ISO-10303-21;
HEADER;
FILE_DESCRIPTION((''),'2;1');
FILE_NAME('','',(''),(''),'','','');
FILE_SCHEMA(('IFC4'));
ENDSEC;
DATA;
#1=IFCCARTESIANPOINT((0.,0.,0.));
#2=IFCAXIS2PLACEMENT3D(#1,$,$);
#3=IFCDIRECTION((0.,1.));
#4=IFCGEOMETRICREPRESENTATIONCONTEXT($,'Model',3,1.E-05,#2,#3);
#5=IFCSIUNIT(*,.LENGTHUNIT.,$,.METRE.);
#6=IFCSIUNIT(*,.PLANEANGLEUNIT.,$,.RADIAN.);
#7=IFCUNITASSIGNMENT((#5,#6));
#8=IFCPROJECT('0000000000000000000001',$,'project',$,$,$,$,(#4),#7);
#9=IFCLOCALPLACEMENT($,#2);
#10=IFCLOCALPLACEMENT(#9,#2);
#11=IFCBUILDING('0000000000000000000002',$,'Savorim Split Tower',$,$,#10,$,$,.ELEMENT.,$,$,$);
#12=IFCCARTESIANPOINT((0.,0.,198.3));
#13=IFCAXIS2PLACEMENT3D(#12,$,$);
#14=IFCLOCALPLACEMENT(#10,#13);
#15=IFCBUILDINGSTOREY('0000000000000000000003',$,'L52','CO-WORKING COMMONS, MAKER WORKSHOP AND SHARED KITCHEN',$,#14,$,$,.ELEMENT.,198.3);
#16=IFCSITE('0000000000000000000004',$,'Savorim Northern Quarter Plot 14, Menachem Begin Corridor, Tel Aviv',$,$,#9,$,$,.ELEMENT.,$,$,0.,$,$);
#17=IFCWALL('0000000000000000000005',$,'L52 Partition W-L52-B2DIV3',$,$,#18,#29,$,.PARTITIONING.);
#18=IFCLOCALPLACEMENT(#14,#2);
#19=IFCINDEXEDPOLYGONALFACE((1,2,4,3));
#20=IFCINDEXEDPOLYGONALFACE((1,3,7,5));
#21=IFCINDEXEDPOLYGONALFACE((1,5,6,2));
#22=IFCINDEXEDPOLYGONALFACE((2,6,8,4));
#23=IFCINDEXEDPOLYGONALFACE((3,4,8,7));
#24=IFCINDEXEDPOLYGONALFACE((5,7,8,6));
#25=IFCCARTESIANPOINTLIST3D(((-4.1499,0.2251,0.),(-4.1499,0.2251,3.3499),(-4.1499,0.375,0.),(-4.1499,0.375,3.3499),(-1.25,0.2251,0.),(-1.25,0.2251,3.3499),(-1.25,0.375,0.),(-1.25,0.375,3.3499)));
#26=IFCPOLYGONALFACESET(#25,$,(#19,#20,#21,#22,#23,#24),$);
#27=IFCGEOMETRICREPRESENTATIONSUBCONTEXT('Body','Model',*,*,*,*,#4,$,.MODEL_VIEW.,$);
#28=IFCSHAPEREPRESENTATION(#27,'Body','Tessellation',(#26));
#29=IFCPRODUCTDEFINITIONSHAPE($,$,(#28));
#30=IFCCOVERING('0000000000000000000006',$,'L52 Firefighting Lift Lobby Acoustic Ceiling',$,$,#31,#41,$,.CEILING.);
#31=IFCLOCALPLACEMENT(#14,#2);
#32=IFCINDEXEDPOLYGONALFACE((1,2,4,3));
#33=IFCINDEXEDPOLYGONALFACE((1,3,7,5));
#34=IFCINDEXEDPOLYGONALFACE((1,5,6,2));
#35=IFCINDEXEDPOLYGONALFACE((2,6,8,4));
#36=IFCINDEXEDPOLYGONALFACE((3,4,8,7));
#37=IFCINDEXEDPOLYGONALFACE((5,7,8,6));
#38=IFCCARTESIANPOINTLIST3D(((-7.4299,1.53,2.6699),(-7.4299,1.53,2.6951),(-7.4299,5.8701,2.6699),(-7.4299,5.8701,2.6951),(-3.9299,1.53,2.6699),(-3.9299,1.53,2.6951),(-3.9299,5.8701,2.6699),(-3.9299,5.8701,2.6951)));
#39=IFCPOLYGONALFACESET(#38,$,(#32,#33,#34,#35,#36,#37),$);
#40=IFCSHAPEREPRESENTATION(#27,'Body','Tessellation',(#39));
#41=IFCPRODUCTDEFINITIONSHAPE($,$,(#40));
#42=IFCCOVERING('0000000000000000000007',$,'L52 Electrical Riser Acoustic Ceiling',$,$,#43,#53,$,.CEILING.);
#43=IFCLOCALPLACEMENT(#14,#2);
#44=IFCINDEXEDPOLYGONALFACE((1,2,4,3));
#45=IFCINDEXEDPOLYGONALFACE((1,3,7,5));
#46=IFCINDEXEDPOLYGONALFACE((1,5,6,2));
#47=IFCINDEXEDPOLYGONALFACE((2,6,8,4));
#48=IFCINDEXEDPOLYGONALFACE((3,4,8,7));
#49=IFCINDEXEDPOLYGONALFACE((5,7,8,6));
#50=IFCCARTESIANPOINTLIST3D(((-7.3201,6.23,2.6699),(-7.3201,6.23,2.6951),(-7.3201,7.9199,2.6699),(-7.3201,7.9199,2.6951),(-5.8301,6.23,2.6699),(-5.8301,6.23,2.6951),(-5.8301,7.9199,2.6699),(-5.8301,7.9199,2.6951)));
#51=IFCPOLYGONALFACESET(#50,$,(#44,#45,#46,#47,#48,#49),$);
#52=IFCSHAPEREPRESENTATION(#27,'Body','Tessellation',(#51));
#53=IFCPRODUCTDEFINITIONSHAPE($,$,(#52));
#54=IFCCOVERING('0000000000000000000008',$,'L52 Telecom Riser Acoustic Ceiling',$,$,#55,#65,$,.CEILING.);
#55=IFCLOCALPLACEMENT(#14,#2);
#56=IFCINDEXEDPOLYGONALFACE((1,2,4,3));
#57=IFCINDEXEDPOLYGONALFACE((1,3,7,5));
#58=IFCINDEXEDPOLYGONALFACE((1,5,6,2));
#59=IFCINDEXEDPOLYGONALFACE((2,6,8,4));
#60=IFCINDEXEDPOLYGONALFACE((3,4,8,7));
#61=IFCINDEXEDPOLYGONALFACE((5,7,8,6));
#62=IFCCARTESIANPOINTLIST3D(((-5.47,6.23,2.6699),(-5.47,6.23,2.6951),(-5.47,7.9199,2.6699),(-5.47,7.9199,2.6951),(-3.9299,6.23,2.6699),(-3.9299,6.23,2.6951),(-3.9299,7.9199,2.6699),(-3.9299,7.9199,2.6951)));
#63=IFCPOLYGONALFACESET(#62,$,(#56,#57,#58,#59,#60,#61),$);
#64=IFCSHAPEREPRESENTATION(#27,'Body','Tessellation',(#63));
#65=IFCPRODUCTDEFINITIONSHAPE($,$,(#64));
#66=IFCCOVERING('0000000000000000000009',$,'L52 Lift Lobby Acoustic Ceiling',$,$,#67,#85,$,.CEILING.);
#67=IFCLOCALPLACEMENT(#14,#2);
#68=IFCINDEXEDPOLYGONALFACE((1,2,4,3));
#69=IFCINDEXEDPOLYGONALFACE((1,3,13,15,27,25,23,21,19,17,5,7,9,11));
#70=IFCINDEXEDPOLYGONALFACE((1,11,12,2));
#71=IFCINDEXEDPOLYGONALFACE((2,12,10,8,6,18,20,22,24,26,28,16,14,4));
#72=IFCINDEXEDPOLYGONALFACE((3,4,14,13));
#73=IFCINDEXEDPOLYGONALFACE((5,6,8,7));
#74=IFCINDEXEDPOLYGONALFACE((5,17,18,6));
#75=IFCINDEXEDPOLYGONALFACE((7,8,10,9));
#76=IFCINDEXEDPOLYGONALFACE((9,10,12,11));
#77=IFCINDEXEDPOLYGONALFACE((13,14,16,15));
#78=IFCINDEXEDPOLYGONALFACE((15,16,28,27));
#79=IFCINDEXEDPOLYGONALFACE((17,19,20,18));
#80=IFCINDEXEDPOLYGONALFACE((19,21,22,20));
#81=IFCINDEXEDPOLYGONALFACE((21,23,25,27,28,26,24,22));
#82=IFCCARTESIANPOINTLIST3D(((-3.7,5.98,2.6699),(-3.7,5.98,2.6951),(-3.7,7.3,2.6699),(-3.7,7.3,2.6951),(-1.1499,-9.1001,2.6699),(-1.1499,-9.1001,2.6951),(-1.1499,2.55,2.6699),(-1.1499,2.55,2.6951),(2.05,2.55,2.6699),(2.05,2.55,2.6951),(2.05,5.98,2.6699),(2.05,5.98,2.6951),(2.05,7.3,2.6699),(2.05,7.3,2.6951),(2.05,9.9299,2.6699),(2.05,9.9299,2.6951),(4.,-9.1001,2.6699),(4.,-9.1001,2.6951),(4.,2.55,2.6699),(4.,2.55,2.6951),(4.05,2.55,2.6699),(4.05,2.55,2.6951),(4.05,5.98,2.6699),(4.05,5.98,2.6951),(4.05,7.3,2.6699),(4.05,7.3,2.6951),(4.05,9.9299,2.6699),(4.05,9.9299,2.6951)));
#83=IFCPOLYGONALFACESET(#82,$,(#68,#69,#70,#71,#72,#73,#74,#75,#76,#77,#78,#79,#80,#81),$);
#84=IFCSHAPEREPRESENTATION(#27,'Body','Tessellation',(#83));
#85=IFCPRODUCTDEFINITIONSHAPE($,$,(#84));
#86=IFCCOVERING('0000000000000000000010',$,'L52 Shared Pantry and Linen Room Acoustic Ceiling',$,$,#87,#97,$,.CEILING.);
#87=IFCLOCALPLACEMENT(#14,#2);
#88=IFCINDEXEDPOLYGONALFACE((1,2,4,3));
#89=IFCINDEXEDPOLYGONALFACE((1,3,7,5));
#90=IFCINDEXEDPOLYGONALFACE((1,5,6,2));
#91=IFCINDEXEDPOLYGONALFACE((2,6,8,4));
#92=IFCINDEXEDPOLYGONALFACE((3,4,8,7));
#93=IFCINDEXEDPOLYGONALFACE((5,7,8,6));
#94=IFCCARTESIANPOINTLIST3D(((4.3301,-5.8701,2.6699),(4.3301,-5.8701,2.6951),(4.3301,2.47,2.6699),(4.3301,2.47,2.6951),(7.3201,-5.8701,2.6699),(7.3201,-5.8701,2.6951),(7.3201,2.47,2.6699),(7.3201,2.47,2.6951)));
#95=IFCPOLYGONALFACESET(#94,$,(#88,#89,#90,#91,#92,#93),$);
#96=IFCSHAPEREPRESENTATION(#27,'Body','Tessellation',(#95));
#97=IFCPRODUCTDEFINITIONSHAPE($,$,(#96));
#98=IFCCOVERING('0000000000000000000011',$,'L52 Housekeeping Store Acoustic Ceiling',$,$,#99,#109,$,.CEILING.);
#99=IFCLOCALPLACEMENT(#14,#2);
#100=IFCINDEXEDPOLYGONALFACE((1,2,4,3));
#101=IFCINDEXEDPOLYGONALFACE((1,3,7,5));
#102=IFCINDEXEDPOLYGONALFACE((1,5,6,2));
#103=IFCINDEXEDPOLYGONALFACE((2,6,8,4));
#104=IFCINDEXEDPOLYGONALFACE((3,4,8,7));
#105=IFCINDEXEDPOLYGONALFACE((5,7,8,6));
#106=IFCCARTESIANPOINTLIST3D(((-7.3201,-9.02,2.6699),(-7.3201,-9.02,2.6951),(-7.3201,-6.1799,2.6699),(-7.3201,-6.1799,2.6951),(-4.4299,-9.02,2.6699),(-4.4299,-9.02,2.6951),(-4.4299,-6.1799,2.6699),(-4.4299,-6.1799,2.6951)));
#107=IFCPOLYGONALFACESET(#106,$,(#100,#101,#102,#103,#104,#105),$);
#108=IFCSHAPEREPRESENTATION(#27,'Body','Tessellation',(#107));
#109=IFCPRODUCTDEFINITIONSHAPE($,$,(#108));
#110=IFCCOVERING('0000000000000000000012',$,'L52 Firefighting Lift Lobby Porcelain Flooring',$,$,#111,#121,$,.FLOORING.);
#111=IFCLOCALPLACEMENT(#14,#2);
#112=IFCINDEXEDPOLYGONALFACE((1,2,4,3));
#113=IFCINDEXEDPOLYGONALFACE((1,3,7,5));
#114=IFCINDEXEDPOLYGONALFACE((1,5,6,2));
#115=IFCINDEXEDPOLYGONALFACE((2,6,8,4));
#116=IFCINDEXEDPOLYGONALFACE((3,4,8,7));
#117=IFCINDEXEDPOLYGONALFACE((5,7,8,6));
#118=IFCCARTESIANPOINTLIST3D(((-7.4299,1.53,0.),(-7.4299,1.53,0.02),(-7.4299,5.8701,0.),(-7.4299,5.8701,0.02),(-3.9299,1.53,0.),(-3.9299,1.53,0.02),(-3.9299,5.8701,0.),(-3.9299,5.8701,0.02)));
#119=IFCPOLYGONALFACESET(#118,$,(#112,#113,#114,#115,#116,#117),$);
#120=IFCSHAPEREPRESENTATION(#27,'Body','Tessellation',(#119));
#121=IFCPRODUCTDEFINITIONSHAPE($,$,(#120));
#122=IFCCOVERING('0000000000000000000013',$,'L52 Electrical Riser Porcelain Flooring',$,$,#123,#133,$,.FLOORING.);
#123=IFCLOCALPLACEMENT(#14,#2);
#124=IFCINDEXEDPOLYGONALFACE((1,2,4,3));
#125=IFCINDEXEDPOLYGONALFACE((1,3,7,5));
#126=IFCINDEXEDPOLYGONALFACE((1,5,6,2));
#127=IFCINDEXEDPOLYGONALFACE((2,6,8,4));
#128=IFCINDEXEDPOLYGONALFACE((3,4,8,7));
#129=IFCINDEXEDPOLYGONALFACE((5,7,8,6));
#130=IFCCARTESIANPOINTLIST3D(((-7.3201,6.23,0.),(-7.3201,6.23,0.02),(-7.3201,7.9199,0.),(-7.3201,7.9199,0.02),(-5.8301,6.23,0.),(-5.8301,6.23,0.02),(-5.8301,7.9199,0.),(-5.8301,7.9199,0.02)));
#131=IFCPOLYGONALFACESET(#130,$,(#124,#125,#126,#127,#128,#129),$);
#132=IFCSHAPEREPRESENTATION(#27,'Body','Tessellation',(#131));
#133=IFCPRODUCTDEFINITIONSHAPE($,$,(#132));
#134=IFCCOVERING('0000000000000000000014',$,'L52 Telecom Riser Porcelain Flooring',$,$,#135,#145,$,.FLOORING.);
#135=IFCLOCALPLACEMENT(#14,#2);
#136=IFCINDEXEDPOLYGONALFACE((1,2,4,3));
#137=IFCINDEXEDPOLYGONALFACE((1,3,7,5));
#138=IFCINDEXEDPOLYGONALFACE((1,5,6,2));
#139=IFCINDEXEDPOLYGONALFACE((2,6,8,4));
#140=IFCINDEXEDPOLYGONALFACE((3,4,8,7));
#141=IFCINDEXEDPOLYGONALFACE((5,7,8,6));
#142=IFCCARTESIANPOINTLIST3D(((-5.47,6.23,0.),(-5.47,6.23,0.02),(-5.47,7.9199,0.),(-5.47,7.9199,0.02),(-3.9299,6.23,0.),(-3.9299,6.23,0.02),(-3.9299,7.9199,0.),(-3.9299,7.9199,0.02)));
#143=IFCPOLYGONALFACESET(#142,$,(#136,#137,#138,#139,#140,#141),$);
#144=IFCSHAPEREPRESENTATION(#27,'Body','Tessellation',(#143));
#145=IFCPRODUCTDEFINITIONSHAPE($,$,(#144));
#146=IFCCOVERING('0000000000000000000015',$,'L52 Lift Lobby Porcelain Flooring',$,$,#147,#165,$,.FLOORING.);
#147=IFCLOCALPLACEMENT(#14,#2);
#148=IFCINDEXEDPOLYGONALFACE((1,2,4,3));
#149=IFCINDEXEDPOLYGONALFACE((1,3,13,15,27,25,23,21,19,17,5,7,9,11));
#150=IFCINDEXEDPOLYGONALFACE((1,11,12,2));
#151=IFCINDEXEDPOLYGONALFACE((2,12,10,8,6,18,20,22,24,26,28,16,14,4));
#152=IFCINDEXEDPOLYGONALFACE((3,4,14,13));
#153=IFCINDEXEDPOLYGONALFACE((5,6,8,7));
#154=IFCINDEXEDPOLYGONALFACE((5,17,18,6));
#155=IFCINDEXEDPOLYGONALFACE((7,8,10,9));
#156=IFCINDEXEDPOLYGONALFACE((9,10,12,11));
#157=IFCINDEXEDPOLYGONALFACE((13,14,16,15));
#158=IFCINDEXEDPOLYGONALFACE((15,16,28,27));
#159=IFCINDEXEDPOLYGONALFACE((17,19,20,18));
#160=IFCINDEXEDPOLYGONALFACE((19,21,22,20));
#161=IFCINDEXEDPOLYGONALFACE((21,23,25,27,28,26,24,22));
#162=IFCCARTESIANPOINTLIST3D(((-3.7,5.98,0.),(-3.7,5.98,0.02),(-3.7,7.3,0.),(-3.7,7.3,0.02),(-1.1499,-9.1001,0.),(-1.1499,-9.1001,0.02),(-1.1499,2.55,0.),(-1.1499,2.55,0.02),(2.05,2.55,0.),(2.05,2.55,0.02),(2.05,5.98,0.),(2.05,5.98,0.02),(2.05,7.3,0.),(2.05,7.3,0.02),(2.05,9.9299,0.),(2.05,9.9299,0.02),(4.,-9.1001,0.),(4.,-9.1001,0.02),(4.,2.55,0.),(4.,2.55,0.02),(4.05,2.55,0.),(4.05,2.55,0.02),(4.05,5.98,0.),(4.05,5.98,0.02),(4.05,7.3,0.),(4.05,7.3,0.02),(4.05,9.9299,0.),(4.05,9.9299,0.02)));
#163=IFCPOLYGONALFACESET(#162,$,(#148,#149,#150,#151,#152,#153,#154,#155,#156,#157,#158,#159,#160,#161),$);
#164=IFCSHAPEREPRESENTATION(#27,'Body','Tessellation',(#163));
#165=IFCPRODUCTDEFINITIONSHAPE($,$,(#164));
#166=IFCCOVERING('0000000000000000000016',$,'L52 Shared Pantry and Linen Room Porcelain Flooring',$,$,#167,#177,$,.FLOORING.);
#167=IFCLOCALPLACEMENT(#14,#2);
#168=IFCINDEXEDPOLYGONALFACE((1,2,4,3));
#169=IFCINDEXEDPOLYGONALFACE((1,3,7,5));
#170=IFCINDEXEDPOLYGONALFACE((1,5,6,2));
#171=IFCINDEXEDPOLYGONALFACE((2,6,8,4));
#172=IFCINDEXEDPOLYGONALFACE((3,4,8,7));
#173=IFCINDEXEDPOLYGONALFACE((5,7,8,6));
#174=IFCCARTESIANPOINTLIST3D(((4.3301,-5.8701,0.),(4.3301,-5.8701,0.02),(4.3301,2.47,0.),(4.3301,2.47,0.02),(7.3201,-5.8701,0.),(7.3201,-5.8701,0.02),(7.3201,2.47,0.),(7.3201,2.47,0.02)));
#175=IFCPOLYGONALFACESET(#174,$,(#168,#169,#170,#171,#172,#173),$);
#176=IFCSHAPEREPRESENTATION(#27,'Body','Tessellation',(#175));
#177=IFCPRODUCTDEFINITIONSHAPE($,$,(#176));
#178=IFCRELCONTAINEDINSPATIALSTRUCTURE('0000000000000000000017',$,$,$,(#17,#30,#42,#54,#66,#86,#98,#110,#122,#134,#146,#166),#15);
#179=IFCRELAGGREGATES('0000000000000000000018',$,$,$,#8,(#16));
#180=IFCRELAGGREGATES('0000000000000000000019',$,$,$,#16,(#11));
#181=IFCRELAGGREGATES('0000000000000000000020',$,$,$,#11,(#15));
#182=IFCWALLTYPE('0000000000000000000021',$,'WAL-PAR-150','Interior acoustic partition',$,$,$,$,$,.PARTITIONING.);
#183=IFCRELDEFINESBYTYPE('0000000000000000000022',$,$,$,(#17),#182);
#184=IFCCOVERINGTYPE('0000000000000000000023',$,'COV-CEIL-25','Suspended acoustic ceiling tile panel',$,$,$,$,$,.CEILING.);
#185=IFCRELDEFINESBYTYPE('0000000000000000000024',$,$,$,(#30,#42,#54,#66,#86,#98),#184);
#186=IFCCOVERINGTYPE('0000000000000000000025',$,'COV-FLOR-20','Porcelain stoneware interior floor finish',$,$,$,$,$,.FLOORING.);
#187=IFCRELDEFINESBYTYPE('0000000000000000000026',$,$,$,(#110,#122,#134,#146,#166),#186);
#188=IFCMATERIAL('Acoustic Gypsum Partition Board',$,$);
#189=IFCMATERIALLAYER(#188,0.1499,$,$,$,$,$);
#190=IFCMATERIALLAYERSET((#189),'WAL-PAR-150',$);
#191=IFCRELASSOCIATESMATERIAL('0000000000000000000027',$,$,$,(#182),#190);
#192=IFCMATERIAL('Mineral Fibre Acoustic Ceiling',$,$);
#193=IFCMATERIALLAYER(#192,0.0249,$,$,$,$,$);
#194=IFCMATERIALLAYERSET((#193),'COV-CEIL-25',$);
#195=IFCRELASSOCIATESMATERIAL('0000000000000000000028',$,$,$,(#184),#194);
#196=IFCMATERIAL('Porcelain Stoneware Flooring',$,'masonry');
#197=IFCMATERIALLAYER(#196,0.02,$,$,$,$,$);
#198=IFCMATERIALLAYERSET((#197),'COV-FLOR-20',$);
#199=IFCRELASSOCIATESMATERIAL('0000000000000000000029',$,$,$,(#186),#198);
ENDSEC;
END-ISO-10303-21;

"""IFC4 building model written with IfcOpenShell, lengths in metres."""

from ifc_helpers import new_model, si_unit, direction, frame, frame_2d, origin, place, context, subcontext, project, spatial, polyline, rectangle, outline, extrude, material, layer, layer_set, type_object, element, save


model = new_model("IFC4")

# Units and contexts
model_context = context("Model", 3, precision=1e-05, world=origin(), true_north=direction((0.0, 1.0)))
body_context = subcontext(model_context, "Body", "Model", "MODEL_VIEW")
ifc_project = project(units=[si_unit("LENGTHUNIT", "METRE"), si_unit("PLANEANGLEUNIT", "RADIAN")], contexts=[model_context])

# Site, building, storey
site_placement = place(None, origin())
site = spatial("IfcSite", under=ifc_project, at=site_placement, Name="Savorim Northern Quarter Plot 14, Menachem Begin Corridor, Tel Aviv", CompositionType="ELEMENT", RefElevation=0.0)
building_placement = place(site_placement, origin())
building = spatial("IfcBuilding", under=site, at=building_placement, Name="Savorim Split Tower", CompositionType="ELEMENT")
storey_placement = place(building_placement, frame((0.0, 0.0, 198.3)))
storey = spatial("IfcBuildingStorey", under=building, at=storey_placement, Name="L52", Description="CO-WORKING COMMONS, MAKER WORKSHOP AND SHARED KITCHEN", CompositionType="ELEMENT", Elevation=198.3)

# Wall
ifc_material_1 = material(Name="Acoustic Gypsum Partition Board")
ifc_layer_1 = layer(ifc_material_1, 0.1499)
ifc_layer_set_1 = layer_set([ifc_layer_1], Name="WAL-PAR-150")
wall_type_1 = type_object("IfcWallType", Name="WAL-PAR-150", Description="Interior acoustic partition", PredefinedType="PARTITIONING", material=ifc_layer_set_1)
for number, where, z_axis, x_axis, name in (
    (1, (-4.1499, 0.3, 0.0), (0.0, 0.0, 1.0), (1.0, 0.0, 0.0), "L52 Partition W-L52-B2DIV3"),
):
    element("IfcWall", number, at=place(storey_placement, frame(where, z_axis=z_axis, x_axis=x_axis)), inside=storey, type_object=wall_type_1, Name=name, PredefinedType="PARTITIONING", context=body_context, shape_type="SweptSolid", body=[
        extrude(rectangle(XDim=2.8999, YDim=0.1499, at=frame_2d((1.45, 0.0))), origin(), (0.0, 0.0, 1.0), 3.3499),
    ])

# Coverings
ifc_material_2 = material(Name="Mineral Fibre Acoustic Ceiling")
ifc_layer_2 = layer(ifc_material_2, 0.0249)
ifc_layer_set_2 = layer_set([ifc_layer_2], Name="COV-CEIL-25")
covering_type_1 = type_object("IfcCoveringType", Name="COV-CEIL-25", Description="Suspended acoustic ceiling tile panel", PredefinedType="CEILING", material=ifc_layer_set_2)
covering_1_placement = place(storey_placement, frame((0.0, 0.0, 2.6699)))
element("IfcCovering", 2, at=covering_1_placement, inside=storey, type_object=covering_type_1, Name="L52 Firefighting Lift Lobby Acoustic Ceiling", PredefinedType="CEILING", context=body_context, shape_type="SweptSolid", body=[
    extrude(outline(polyline([(-7.4299, 5.8701), (-7.4299, 1.53), (-3.9299, 1.53), (-3.9299, 5.8701), (-7.4299, 5.8701)])), origin(), (0.0, 0.0, 1.0), 0.0251),
])
covering_2_placement = place(storey_placement, frame((0.0, 0.0, 2.6699)))
element("IfcCovering", 3, at=covering_2_placement, inside=storey, type_object=covering_type_1, Name="L52 Electrical Riser Acoustic Ceiling", PredefinedType="CEILING", context=body_context, shape_type="SweptSolid", body=[
    extrude(outline(polyline([(-7.3201, 7.9199), (-7.3201, 6.23), (-5.8301, 6.23), (-5.8301, 7.9199), (-7.3201, 7.9199)])), origin(), (0.0, 0.0, 1.0), 0.0251),
])
covering_3_placement = place(storey_placement, frame((0.0, 0.0, 2.6699)))
element("IfcCovering", 4, at=covering_3_placement, inside=storey, type_object=covering_type_1, Name="L52 Telecom Riser Acoustic Ceiling", PredefinedType="CEILING", context=body_context, shape_type="SweptSolid", body=[
    extrude(outline(polyline([(-5.47, 7.9199), (-5.47, 6.23), (-3.9299, 6.23), (-3.9299, 7.9199), (-5.47, 7.9199)])), origin(), (0.0, 0.0, 1.0), 0.0251),
])
covering_4_placement = place(storey_placement, frame((0.0, 0.0, 2.6699)))
element("IfcCovering", 5, at=covering_4_placement, inside=storey, type_object=covering_type_1, Name="L52 Lift Lobby Acoustic Ceiling", PredefinedType="CEILING", context=body_context, shape_type="SweptSolid", body=[
    extrude(outline(polyline([(2.05, 2.55), (-1.1499, 2.55), (-1.1499, -9.1001), (4.0, -9.1001), (4.0, 2.55), (4.05, 2.55), (4.05, 5.98), (4.05, 7.3), (4.05, 9.9299), (2.05, 9.9299), (2.05, 7.3), (-3.7, 7.3), (-3.7, 5.98), (2.05, 5.98), (2.05, 2.55)])), origin(), (0.0, 0.0, 1.0), 0.0251),
])
covering_5_placement = place(storey_placement, frame((0.0, 0.0, 2.6699)))
element("IfcCovering", 6, at=covering_5_placement, inside=storey, type_object=covering_type_1, Name="L52 Shared Pantry and Linen Room Acoustic Ceiling", PredefinedType="CEILING", context=body_context, shape_type="SweptSolid", body=[
    extrude(outline(polyline([(4.3301, 2.47), (4.3301, -5.8701), (7.3201, -5.8701), (7.3201, 2.47), (4.3301, 2.47)])), origin(), (0.0, 0.0, 1.0), 0.0251),
])
covering_6_placement = place(storey_placement, frame((0.0, 0.0, 2.6699)))
element("IfcCovering", 7, at=covering_6_placement, inside=storey, type_object=covering_type_1, Name="L52 Housekeeping Store Acoustic Ceiling", PredefinedType="CEILING", context=body_context, shape_type="SweptSolid", body=[
    extrude(outline(polyline([(-7.3201, -6.1799), (-7.3201, -9.02), (-4.4299, -9.02), (-4.4299, -6.1799), (-7.3201, -6.1799)])), origin(), (0.0, 0.0, 1.0), 0.0251),
])
ifc_material_3 = material(Name="Porcelain Stoneware Flooring", Category="masonry")
ifc_layer_3 = layer(ifc_material_3, 0.02)
ifc_layer_set_3 = layer_set([ifc_layer_3], Name="COV-FLOR-20")
covering_type_2 = type_object("IfcCoveringType", Name="COV-FLOR-20", Description="Porcelain stoneware interior floor finish", PredefinedType="FLOORING", material=ifc_layer_set_3)
covering_7_placement = place(storey_placement, origin())
element("IfcCovering", 8, at=covering_7_placement, inside=storey, type_object=covering_type_2, Name="L52 Firefighting Lift Lobby Porcelain Flooring", PredefinedType="FLOORING", context=body_context, shape_type="SweptSolid", body=[
    extrude(outline(polyline([(-7.4299, 5.8701), (-7.4299, 1.53), (-3.9299, 1.53), (-3.9299, 5.8701), (-7.4299, 5.8701)])), origin(), (0.0, 0.0, 1.0), 0.02),
])
covering_8_placement = place(storey_placement, origin())
element("IfcCovering", 9, at=covering_8_placement, inside=storey, type_object=covering_type_2, Name="L52 Electrical Riser Porcelain Flooring", PredefinedType="FLOORING", context=body_context, shape_type="SweptSolid", body=[
    extrude(outline(polyline([(-7.3201, 7.9199), (-7.3201, 6.23), (-5.8301, 6.23), (-5.8301, 7.9199), (-7.3201, 7.9199)])), origin(), (0.0, 0.0, 1.0), 0.02),
])
covering_9_placement = place(storey_placement, origin())
element("IfcCovering", 10, at=covering_9_placement, inside=storey, type_object=covering_type_2, Name="L52 Telecom Riser Porcelain Flooring", PredefinedType="FLOORING", context=body_context, shape_type="SweptSolid", body=[
    extrude(outline(polyline([(-5.47, 7.9199), (-5.47, 6.23), (-3.9299, 6.23), (-3.9299, 7.9199), (-5.47, 7.9199)])), origin(), (0.0, 0.0, 1.0), 0.02),
])
covering_10_placement = place(storey_placement, origin())
element("IfcCovering", 11, at=covering_10_placement, inside=storey, type_object=covering_type_2, Name="L52 Lift Lobby Porcelain Flooring", PredefinedType="FLOORING", context=body_context, shape_type="SweptSolid", body=[
    extrude(outline(polyline([(2.05, 2.55), (-1.1499, 2.55), (-1.1499, -9.1001), (4.0, -9.1001), (4.0, 2.55), (4.05, 2.55), (4.05, 5.98), (4.05, 7.3), (4.05, 9.9299), (2.05, 9.9299), (2.05, 7.3), (-3.7, 7.3), (-3.7, 5.98), (2.05, 5.98), (2.05, 2.55)])), origin(), (0.0, 0.0, 1.0), 0.02),
])
covering_11_placement = place(storey_placement, origin())
element("IfcCovering", 12, at=covering_11_placement, inside=storey, type_object=covering_type_2, Name="L52 Shared Pantry and Linen Room Porcelain Flooring", PredefinedType="FLOORING", context=body_context, shape_type="SweptSolid", body=[
    extrude(outline(polyline([(4.3301, 2.47), (4.3301, -5.8701), (7.3201, -5.8701), (7.3201, 2.47), (4.3301, 2.47)])), origin(), (0.0, 0.0, 1.0), 0.02),
])

save(model, "model.ifc")
